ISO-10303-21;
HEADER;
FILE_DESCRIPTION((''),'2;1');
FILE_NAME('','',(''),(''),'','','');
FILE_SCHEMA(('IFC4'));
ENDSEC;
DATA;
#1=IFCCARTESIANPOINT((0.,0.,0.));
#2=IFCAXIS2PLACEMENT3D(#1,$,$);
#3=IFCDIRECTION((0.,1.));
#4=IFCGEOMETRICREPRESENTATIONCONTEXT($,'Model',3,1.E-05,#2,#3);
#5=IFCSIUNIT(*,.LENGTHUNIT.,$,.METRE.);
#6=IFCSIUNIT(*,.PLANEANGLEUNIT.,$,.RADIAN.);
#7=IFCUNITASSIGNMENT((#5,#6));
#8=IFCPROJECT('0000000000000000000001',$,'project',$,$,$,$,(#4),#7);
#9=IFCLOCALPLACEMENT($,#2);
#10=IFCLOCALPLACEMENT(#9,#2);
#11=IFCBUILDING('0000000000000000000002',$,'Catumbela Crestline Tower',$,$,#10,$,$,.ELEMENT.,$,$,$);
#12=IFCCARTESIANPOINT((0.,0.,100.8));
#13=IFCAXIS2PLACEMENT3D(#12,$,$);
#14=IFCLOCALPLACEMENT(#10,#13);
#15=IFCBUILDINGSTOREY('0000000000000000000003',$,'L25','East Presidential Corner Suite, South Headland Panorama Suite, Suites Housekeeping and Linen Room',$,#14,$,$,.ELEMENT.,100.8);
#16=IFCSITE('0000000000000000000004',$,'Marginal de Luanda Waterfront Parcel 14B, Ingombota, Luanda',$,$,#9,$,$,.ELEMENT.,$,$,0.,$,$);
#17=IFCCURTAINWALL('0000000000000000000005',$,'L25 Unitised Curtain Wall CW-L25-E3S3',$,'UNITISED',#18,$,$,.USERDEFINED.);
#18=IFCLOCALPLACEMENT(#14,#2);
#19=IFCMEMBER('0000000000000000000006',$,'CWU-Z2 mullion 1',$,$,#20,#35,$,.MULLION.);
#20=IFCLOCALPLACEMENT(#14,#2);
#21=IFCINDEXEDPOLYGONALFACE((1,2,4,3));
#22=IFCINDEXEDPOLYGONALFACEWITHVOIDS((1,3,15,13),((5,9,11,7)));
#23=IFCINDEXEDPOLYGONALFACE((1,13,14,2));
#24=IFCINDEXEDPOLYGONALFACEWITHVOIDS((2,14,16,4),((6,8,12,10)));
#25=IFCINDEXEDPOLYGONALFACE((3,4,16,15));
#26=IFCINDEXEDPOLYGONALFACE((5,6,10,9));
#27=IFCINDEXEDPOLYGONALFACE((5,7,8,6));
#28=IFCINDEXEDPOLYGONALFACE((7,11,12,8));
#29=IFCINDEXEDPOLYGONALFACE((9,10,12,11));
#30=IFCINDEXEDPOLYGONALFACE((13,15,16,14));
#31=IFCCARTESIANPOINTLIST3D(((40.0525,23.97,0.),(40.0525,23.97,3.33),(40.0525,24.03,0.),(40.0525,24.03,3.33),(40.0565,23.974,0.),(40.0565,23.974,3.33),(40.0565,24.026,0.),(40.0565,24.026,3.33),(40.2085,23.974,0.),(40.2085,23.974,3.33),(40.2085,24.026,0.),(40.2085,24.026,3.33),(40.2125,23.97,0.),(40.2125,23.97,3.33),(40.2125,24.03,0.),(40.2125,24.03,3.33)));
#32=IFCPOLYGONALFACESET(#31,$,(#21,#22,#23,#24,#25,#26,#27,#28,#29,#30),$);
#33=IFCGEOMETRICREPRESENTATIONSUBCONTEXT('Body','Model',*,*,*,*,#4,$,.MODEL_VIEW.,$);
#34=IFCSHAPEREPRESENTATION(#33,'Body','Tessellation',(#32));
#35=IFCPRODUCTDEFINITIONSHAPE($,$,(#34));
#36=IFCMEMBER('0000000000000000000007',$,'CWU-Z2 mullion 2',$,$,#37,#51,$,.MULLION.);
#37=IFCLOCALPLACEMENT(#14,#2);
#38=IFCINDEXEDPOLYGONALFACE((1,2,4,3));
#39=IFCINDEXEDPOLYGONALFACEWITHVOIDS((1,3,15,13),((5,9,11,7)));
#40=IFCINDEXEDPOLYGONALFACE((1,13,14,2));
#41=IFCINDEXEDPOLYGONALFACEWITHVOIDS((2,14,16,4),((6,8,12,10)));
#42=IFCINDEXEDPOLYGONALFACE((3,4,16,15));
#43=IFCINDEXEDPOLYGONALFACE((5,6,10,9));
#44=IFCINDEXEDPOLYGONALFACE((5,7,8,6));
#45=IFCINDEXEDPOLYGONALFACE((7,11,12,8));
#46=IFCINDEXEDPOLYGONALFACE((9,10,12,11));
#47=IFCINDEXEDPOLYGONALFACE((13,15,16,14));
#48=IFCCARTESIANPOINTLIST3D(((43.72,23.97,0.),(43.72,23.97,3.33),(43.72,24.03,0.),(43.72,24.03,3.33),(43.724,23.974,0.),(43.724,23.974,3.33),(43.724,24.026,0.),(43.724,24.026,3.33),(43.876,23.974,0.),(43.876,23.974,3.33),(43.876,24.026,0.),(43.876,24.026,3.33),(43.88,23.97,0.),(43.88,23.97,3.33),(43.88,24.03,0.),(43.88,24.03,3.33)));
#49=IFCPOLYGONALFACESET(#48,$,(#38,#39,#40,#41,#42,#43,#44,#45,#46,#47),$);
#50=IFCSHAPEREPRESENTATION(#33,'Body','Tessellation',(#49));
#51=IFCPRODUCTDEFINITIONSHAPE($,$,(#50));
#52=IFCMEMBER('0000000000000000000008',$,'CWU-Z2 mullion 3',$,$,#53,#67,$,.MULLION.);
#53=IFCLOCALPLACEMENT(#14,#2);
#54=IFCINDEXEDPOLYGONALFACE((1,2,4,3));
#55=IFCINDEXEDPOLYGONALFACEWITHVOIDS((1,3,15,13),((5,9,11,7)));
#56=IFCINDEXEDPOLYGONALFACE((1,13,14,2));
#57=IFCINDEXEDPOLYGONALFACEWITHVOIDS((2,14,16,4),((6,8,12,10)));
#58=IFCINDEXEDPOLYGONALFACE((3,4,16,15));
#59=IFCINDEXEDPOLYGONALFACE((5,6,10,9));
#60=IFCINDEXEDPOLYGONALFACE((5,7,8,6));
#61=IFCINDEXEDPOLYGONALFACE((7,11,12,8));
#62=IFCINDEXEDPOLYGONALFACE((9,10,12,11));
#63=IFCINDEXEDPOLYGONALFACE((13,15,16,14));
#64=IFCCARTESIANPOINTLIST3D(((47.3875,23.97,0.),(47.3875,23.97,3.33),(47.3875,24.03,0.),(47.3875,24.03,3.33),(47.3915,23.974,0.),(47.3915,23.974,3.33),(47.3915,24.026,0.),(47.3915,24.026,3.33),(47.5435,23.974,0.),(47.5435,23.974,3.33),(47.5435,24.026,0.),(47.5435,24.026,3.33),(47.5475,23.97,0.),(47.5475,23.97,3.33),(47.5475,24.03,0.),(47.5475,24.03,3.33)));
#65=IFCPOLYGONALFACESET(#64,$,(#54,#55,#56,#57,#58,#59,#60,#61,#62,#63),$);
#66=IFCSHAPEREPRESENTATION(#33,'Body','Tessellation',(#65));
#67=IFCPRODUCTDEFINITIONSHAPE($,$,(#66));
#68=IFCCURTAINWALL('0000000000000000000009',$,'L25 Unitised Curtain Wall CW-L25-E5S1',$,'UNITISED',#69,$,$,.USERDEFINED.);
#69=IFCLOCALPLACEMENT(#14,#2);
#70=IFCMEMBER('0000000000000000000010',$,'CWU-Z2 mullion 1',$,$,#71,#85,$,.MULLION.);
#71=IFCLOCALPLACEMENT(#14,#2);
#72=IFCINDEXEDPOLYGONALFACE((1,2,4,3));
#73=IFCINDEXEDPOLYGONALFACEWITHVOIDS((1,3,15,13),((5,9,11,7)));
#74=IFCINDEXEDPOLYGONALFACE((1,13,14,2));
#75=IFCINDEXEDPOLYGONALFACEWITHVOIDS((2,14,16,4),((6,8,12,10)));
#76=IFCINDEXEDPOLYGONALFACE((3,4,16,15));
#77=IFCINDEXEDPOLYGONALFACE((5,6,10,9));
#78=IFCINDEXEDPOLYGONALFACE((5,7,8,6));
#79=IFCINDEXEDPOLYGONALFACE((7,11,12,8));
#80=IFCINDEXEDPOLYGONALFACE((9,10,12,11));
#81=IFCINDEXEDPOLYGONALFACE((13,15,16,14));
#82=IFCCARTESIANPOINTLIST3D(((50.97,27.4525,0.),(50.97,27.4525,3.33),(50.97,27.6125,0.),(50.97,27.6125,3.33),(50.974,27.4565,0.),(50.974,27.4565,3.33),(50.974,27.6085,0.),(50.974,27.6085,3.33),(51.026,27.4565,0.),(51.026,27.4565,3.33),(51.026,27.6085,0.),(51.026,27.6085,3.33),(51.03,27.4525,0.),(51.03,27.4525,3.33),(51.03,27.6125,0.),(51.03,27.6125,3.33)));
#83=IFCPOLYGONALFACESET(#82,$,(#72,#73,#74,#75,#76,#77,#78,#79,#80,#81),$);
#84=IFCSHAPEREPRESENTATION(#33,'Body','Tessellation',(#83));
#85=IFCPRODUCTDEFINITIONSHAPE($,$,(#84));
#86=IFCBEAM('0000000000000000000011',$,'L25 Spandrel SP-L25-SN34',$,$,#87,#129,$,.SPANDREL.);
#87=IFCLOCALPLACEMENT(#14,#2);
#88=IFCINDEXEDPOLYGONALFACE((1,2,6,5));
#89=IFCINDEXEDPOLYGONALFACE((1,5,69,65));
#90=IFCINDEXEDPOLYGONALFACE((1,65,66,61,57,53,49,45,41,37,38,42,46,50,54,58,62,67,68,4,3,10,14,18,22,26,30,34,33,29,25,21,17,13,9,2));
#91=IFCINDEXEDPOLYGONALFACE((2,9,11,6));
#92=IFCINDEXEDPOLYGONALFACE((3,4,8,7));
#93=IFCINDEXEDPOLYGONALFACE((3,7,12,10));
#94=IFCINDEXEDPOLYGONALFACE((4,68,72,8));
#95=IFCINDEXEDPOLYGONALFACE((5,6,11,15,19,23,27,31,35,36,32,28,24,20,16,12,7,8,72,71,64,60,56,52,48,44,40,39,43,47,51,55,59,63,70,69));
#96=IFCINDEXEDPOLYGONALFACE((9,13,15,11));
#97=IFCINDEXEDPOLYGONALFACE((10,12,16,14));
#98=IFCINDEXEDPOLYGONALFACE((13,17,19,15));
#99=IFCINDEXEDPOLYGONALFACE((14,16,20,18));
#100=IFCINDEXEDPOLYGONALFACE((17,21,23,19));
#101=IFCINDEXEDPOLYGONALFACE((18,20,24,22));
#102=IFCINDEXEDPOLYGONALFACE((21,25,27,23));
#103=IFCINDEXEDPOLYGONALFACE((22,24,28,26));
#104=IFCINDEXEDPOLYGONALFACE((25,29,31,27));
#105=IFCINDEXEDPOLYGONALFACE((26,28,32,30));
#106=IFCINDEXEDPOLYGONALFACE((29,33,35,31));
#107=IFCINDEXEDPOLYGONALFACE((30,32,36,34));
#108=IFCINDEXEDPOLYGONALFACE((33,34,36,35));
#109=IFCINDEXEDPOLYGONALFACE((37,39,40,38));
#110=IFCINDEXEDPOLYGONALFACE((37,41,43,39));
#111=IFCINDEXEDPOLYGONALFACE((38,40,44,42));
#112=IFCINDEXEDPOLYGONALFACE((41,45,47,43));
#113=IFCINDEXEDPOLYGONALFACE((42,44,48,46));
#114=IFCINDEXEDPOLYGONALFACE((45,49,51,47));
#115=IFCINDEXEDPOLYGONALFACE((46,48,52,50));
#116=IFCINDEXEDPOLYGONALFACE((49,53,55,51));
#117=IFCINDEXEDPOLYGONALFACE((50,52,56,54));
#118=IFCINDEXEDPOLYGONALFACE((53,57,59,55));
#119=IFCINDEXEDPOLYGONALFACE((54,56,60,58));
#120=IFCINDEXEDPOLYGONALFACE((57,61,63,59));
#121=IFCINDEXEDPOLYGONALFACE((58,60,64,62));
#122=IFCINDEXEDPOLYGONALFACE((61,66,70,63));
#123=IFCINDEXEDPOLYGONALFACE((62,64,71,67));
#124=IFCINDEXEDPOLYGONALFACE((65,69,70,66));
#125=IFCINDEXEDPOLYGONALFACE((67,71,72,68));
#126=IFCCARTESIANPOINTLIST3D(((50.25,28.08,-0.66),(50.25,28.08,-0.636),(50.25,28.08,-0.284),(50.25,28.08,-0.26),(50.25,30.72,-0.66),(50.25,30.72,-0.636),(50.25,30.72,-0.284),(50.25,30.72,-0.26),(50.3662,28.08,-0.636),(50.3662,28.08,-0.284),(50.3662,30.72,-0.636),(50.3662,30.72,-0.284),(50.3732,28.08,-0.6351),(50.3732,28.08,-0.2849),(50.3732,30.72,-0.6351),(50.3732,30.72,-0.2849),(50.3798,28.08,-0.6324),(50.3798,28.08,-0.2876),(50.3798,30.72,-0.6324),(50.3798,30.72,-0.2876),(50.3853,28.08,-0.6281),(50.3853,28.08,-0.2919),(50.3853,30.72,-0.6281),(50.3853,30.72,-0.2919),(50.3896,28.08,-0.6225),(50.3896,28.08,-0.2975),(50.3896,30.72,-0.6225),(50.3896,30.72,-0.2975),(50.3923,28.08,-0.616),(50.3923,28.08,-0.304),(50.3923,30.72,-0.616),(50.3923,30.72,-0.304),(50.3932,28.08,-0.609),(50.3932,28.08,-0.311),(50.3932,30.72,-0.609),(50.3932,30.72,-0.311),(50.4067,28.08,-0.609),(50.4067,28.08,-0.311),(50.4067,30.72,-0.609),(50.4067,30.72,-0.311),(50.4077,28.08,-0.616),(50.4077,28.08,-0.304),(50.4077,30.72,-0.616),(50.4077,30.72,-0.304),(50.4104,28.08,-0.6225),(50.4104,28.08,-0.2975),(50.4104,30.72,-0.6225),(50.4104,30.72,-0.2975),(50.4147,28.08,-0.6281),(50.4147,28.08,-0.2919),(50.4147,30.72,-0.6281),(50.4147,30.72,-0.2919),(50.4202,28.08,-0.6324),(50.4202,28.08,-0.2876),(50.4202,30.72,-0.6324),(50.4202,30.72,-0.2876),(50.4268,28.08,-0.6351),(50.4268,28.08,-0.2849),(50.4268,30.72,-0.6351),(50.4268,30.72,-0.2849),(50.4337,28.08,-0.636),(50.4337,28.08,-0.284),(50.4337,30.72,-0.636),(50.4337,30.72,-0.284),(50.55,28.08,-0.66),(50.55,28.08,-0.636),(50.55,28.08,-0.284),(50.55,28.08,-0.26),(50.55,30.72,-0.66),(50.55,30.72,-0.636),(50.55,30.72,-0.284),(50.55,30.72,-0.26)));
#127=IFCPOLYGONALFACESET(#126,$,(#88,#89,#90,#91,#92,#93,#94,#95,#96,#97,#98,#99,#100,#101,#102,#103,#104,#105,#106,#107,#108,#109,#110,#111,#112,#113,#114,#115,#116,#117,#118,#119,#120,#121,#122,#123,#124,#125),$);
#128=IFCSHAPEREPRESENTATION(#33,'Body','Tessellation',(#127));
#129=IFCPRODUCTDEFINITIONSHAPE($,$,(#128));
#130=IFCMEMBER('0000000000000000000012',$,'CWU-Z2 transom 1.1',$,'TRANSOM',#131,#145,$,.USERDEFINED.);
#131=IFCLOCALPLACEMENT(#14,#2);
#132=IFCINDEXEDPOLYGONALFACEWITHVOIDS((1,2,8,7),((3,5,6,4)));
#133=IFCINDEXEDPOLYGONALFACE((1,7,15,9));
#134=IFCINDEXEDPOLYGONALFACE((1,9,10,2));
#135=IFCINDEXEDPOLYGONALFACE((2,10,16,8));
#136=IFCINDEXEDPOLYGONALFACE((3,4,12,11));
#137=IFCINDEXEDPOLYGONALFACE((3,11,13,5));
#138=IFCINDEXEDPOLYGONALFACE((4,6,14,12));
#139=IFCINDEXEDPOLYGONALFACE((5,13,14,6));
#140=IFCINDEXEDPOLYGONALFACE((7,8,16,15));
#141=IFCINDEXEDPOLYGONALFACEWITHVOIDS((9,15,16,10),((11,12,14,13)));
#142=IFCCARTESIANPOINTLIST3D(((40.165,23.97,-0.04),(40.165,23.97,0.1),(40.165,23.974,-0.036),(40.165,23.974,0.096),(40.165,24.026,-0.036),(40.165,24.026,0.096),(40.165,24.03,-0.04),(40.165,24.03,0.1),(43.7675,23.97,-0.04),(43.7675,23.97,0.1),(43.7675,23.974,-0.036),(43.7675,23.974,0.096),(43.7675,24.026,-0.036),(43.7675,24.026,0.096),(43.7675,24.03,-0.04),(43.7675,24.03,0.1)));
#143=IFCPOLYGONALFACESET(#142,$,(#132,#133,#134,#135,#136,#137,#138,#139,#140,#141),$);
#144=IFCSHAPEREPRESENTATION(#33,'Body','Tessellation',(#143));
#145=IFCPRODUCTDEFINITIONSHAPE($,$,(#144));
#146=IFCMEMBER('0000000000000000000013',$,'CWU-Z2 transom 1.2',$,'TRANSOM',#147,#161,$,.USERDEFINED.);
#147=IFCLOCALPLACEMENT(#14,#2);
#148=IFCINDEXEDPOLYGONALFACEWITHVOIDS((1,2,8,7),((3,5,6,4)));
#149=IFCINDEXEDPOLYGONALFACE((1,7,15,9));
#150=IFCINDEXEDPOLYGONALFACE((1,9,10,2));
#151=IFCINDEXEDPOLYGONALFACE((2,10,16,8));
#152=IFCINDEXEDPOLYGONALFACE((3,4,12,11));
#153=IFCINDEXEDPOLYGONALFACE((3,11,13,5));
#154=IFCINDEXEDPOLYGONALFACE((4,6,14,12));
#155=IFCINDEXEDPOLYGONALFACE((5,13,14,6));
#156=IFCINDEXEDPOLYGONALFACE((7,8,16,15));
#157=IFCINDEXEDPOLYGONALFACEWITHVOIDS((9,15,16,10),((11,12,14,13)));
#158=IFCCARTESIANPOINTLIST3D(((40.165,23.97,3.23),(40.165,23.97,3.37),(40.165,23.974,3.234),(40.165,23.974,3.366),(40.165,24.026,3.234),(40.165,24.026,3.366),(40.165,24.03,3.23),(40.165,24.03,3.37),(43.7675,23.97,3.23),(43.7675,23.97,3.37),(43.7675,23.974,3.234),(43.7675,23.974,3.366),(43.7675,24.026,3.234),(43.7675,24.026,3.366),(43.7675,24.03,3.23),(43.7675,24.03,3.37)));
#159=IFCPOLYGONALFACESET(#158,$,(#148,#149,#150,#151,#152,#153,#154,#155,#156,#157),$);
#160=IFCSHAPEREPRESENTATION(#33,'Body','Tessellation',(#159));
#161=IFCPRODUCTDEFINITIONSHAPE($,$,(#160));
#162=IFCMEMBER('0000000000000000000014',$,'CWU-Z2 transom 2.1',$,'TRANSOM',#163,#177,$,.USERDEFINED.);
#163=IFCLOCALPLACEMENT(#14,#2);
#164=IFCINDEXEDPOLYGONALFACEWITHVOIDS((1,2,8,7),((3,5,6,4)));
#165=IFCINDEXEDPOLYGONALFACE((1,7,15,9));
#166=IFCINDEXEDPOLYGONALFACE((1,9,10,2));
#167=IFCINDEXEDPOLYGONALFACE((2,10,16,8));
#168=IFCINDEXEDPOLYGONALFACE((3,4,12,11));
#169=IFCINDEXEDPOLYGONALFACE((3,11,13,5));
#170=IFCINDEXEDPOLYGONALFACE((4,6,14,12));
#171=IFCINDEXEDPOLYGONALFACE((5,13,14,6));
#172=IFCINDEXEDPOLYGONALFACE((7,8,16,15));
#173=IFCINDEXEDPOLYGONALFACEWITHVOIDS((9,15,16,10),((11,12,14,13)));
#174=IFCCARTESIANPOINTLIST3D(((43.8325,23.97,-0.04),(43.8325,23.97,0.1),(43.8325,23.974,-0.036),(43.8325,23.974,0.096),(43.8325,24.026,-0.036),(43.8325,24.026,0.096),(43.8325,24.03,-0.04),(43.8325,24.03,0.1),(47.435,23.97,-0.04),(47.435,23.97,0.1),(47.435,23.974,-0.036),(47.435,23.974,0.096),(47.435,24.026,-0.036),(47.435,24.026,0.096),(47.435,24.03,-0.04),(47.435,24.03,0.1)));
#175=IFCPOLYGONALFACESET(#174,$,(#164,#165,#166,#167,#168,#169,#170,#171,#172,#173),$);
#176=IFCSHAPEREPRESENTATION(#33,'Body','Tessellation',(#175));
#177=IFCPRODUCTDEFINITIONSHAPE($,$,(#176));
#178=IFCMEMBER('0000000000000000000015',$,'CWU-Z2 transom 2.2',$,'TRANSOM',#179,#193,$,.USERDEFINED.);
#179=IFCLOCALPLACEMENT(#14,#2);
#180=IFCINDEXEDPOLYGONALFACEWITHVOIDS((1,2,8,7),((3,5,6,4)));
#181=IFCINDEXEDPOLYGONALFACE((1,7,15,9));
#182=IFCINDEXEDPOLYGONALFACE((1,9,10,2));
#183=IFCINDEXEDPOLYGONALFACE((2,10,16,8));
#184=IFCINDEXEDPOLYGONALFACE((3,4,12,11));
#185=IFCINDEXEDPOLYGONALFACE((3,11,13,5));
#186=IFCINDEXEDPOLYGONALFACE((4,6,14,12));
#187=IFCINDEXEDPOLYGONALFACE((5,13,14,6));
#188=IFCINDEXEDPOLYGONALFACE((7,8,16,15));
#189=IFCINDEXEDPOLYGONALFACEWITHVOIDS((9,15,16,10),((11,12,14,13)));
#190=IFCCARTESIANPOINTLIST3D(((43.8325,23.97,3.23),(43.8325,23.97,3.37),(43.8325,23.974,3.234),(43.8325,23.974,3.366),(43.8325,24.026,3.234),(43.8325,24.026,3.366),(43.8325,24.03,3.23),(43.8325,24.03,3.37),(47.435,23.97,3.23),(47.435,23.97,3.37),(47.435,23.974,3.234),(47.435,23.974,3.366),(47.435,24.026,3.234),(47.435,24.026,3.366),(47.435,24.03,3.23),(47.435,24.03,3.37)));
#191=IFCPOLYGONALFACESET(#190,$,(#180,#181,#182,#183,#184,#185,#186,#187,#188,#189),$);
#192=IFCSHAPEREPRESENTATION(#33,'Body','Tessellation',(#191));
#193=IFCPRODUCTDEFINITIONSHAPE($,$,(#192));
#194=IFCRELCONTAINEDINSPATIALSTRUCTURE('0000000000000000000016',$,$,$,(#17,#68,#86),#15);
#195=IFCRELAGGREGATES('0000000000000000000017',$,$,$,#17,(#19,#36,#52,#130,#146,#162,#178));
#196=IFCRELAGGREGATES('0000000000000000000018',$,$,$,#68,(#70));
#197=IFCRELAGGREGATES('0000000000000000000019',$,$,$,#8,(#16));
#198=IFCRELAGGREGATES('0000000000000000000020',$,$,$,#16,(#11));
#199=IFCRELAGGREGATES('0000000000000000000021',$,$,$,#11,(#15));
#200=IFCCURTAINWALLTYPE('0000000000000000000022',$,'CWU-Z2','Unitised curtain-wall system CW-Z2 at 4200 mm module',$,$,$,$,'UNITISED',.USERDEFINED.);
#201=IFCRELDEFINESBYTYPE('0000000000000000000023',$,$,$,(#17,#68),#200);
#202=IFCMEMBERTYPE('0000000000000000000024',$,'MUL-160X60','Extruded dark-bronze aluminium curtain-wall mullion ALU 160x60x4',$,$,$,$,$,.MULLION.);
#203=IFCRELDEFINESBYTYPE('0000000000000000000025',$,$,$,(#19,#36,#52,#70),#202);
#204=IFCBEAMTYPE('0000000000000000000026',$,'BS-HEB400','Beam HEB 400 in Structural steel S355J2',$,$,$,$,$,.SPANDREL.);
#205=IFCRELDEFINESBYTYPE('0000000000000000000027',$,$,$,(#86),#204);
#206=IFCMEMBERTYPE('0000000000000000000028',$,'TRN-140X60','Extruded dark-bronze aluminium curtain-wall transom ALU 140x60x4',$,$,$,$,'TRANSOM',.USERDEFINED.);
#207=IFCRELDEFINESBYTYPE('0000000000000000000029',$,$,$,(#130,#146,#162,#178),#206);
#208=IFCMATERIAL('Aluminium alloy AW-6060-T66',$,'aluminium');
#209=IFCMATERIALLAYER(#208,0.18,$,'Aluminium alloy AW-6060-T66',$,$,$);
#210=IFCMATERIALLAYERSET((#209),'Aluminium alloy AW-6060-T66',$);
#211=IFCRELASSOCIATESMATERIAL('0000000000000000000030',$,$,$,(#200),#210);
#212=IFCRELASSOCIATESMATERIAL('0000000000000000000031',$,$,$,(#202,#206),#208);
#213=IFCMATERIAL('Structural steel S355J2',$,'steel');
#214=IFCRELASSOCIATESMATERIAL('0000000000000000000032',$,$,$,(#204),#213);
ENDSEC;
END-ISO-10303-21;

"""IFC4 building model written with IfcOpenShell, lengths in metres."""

from ifc_helpers import new_model, si_unit, direction, frame, origin, origin_2d, place, context, subcontext, project, spatial, hollow_rectangle, i_section, extrude, material, layer, layer_set, material_profile, profile_set, type_object, element, aggregate, save


model = new_model("IFC4")

# Units and contexts
model_context = context("Model", 3, precision=1e-05, world=origin(), true_north=direction((0.0, 1.0)))
body_context = subcontext(model_context, "Body", "Model", "MODEL_VIEW")
ifc_project = project(units=[si_unit("LENGTHUNIT", "METRE"), si_unit("PLANEANGLEUNIT", "RADIAN")], contexts=[model_context])

# Site, building, storey
site_placement = place(None, origin())
site = spatial("IfcSite", under=ifc_project, at=site_placement, Name="Marginal de Luanda Waterfront Parcel 14B, Ingombota, Luanda", CompositionType="ELEMENT", RefElevation=0.0)
building_placement = place(site_placement, origin())
building = spatial("IfcBuilding", under=site, at=building_placement, Name="Catumbela Crestline Tower", CompositionType="ELEMENT")
storey_placement = place(building_placement, frame((0.0, 0.0, 100.8)))
storey = spatial("IfcBuildingStorey", under=building, at=storey_placement, Name="L25", Description="East Presidential Corner Suite, South Headland Panorama Suite, Suites Housekeeping and Linen Room", CompositionType="ELEMENT", Elevation=100.8)

# Shared definitions
ifc_material_1 = material(Name="Structural steel S355J2", Category="steel")

# Curtain wall, members
ifc_material_2 = material(Name="Aluminium alloy AW-6060-T66", Category="aluminium")
ifc_layer_1 = layer(ifc_material_2, 0.18, Name="Aluminium alloy AW-6060-T66")
ifc_layer_set_1 = layer_set([ifc_layer_1], Name="Aluminium alloy AW-6060-T66")
curtain_wall_type = type_object("IfcCurtainWallType", Name="CWU-Z2", Description="Unitised curtain-wall system CW-Z2 at 4200 mm module", ElementType="UNITISED", PredefinedType="USERDEFINED", material=ifc_layer_set_1)
curtain_wall_1_placement = place(storey_placement, origin())
curtain_wall_1 = element("IfcCurtainWall", 1, at=curtain_wall_1_placement, inside=storey, type_object=curtain_wall_type, Name="L25 Unitised Curtain Wall CW-L25-E3S3", ObjectType="UNITISED", PredefinedType="USERDEFINED")
ifc_material_profile_1 = material_profile(ifc_material_2, hollow_rectangle(XDim=0.06, YDim=0.16, WallThickness=0.004, at=origin_2d()), Name="ALU 160x60x4")
ifc_profile_set_1 = profile_set([ifc_material_profile_1], Name="Aluminium alloy AW-6060-T66")
member_type_1 = type_object("IfcMemberType", Name="MUL-160X60", Description="Extruded dark-bronze aluminium curtain-wall mullion ALU 160x60x4", PredefinedType="MULLION", material=ifc_profile_set_1)
member_1_placement = place(storey_placement, frame((40.1325, 24.0, 0.0), z_axis=(0.0, 0.0, 1.0), x_axis=(0.0, 1.0, 0.0)))
member_1 = element("IfcMember", 2, at=member_1_placement, type_object=member_type_1, Name="CWU-Z2 mullion 1", PredefinedType="MULLION", context=body_context, shape_type="SweptSolid", body=[
    extrude(hollow_rectangle(XDim=0.06, YDim=0.16, WallThickness=0.004, at=origin_2d()), origin(), (0.0, 0.0, 1.0), 3.33),
])
member_2_placement = place(storey_placement, frame((43.8, 24.0, 0.0), z_axis=(0.0, 0.0, 1.0), x_axis=(0.0, 1.0, 0.0)))
member_2 = element("IfcMember", 3, at=member_2_placement, type_object=member_type_1, Name="CWU-Z2 mullion 2", PredefinedType="MULLION", context=body_context, shape_type="SweptSolid", body=[
    extrude(hollow_rectangle(XDim=0.06, YDim=0.16, WallThickness=0.004, at=origin_2d()), origin(), (0.0, 0.0, 1.0), 3.33),
])
member_3_placement = place(storey_placement, frame((47.4675, 24.0, 0.0), z_axis=(0.0, 0.0, 1.0), x_axis=(0.0, 1.0, 0.0)))
member_3 = element("IfcMember", 4, at=member_3_placement, type_object=member_type_1, Name="CWU-Z2 mullion 3", PredefinedType="MULLION", context=body_context, shape_type="SweptSolid", body=[
    extrude(hollow_rectangle(XDim=0.06, YDim=0.16, WallThickness=0.004, at=origin_2d()), origin(), (0.0, 0.0, 1.0), 3.33),
])

# Curtain wall, member
curtain_wall_2_placement = place(storey_placement, origin())
curtain_wall_2 = element("IfcCurtainWall", 5, at=curtain_wall_2_placement, inside=storey, type_object=curtain_wall_type, Name="L25 Unitised Curtain Wall CW-L25-E5S1", ObjectType="UNITISED", PredefinedType="USERDEFINED")
member_4_placement = place(storey_placement, frame((51.0, 27.5325, 0.0), z_axis=(0.0, 0.0, 1.0), x_axis=(-1.0, 0.0, 0.0)))
member_4 = element("IfcMember", 6, at=member_4_placement, type_object=member_type_1, Name="CWU-Z2 mullion 1", PredefinedType="MULLION", context=body_context, shape_type="SweptSolid", body=[
    extrude(hollow_rectangle(XDim=0.06, YDim=0.16, WallThickness=0.004, at=origin_2d()), origin(), (0.0, 0.0, 1.0), 3.33),
])

# Beam
ifc_material_profile_2 = material_profile(ifc_material_1, i_section(OverallWidth=0.3, OverallDepth=0.4, WebThickness=0.0135, FlangeThickness=0.024, FilletRadius=0.027, at=origin_2d()), Name="HEB 400")
ifc_profile_set_2 = profile_set([ifc_material_profile_2], Name="Structural steel S355J2")
beam_type_1 = type_object("IfcBeamType", Name="BS-HEB400", Description="Beam HEB 400 in Structural steel S355J2", PredefinedType="SPANDREL", material=ifc_profile_set_2)
beam_1_placement = place(storey_placement, frame((50.4, 28.08, -0.46), z_axis=(0.0, 1.0, 0.0), x_axis=(-1.0, 0.0, 0.0)))
element("IfcBeam", 7, at=beam_1_placement, inside=storey, type_object=beam_type_1, Name="L25 Spandrel SP-L25-SN34", PredefinedType="SPANDREL", context=body_context, shape_type="SweptSolid", body=[
    extrude(i_section(OverallWidth=0.3, OverallDepth=0.4, WebThickness=0.0135, FlangeThickness=0.024, FilletRadius=0.027, at=origin_2d()), origin(), (0.0, 0.0, 1.0), 2.64),
])

# Members
ifc_material_profile_3 = material_profile(ifc_material_2, hollow_rectangle(XDim=0.06, YDim=0.14, WallThickness=0.004, at=origin_2d()), Name="ALU 140x60x4")
ifc_profile_set_3 = profile_set([ifc_material_profile_3], Name="Aluminium alloy AW-6060-T66")
member_type_2 = type_object("IfcMemberType", Name="TRN-140X60", Description="Extruded dark-bronze aluminium curtain-wall transom ALU 140x60x4", ElementType="TRANSOM", PredefinedType="USERDEFINED", material=ifc_profile_set_3)
member_5_placement = place(storey_placement, frame((40.165, 24.0, 0.03), z_axis=(1.0, 0.0, 0.0), x_axis=(0.0, 1.0, 0.0)))
member_5 = element("IfcMember", 8, at=member_5_placement, type_object=member_type_2, Name="CWU-Z2 transom 1.1", ObjectType="TRANSOM", PredefinedType="USERDEFINED", context=body_context, shape_type="SweptSolid", body=[
    extrude(hollow_rectangle(XDim=0.06, YDim=0.14, WallThickness=0.004, at=origin_2d()), origin(), (0.0, 0.0, 1.0), 3.6025),
])
member_6_placement = place(storey_placement, frame((40.165, 24.0, 3.3), z_axis=(1.0, 0.0, 0.0), x_axis=(0.0, 1.0, 0.0)))
member_6 = element("IfcMember", 9, at=member_6_placement, type_object=member_type_2, Name="CWU-Z2 transom 1.2", ObjectType="TRANSOM", PredefinedType="USERDEFINED", context=body_context, shape_type="SweptSolid", body=[
    extrude(hollow_rectangle(XDim=0.06, YDim=0.14, WallThickness=0.004, at=origin_2d()), origin(), (0.0, 0.0, 1.0), 3.6025),
])
member_7_placement = place(storey_placement, frame((43.8325, 24.0, 0.03), z_axis=(1.0, 0.0, 0.0), x_axis=(0.0, 1.0, 0.0)))
member_7 = element("IfcMember", 10, at=member_7_placement, type_object=member_type_2, Name="CWU-Z2 transom 2.1", ObjectType="TRANSOM", PredefinedType="USERDEFINED", context=body_context, shape_type="SweptSolid", body=[
    extrude(hollow_rectangle(XDim=0.06, YDim=0.14, WallThickness=0.004, at=origin_2d()), origin(), (0.0, 0.0, 1.0), 3.6025),
])
member_8_placement = place(storey_placement, frame((43.8325, 24.0, 3.3), z_axis=(1.0, 0.0, 0.0), x_axis=(0.0, 1.0, 0.0)))
member_8 = element("IfcMember", 11, at=member_8_placement, type_object=member_type_2, Name="CWU-Z2 transom 2.2", ObjectType="TRANSOM", PredefinedType="USERDEFINED", context=body_context, shape_type="SweptSolid", body=[
    extrude(hollow_rectangle(XDim=0.06, YDim=0.14, WallThickness=0.004, at=origin_2d()), origin(), (0.0, 0.0, 1.0), 3.6025),
])

aggregate(curtain_wall_1, [member_1, member_2, member_3, member_5, member_6, member_7, member_8])
aggregate(curtain_wall_2, [member_4])

save(model, "model.ifc")
